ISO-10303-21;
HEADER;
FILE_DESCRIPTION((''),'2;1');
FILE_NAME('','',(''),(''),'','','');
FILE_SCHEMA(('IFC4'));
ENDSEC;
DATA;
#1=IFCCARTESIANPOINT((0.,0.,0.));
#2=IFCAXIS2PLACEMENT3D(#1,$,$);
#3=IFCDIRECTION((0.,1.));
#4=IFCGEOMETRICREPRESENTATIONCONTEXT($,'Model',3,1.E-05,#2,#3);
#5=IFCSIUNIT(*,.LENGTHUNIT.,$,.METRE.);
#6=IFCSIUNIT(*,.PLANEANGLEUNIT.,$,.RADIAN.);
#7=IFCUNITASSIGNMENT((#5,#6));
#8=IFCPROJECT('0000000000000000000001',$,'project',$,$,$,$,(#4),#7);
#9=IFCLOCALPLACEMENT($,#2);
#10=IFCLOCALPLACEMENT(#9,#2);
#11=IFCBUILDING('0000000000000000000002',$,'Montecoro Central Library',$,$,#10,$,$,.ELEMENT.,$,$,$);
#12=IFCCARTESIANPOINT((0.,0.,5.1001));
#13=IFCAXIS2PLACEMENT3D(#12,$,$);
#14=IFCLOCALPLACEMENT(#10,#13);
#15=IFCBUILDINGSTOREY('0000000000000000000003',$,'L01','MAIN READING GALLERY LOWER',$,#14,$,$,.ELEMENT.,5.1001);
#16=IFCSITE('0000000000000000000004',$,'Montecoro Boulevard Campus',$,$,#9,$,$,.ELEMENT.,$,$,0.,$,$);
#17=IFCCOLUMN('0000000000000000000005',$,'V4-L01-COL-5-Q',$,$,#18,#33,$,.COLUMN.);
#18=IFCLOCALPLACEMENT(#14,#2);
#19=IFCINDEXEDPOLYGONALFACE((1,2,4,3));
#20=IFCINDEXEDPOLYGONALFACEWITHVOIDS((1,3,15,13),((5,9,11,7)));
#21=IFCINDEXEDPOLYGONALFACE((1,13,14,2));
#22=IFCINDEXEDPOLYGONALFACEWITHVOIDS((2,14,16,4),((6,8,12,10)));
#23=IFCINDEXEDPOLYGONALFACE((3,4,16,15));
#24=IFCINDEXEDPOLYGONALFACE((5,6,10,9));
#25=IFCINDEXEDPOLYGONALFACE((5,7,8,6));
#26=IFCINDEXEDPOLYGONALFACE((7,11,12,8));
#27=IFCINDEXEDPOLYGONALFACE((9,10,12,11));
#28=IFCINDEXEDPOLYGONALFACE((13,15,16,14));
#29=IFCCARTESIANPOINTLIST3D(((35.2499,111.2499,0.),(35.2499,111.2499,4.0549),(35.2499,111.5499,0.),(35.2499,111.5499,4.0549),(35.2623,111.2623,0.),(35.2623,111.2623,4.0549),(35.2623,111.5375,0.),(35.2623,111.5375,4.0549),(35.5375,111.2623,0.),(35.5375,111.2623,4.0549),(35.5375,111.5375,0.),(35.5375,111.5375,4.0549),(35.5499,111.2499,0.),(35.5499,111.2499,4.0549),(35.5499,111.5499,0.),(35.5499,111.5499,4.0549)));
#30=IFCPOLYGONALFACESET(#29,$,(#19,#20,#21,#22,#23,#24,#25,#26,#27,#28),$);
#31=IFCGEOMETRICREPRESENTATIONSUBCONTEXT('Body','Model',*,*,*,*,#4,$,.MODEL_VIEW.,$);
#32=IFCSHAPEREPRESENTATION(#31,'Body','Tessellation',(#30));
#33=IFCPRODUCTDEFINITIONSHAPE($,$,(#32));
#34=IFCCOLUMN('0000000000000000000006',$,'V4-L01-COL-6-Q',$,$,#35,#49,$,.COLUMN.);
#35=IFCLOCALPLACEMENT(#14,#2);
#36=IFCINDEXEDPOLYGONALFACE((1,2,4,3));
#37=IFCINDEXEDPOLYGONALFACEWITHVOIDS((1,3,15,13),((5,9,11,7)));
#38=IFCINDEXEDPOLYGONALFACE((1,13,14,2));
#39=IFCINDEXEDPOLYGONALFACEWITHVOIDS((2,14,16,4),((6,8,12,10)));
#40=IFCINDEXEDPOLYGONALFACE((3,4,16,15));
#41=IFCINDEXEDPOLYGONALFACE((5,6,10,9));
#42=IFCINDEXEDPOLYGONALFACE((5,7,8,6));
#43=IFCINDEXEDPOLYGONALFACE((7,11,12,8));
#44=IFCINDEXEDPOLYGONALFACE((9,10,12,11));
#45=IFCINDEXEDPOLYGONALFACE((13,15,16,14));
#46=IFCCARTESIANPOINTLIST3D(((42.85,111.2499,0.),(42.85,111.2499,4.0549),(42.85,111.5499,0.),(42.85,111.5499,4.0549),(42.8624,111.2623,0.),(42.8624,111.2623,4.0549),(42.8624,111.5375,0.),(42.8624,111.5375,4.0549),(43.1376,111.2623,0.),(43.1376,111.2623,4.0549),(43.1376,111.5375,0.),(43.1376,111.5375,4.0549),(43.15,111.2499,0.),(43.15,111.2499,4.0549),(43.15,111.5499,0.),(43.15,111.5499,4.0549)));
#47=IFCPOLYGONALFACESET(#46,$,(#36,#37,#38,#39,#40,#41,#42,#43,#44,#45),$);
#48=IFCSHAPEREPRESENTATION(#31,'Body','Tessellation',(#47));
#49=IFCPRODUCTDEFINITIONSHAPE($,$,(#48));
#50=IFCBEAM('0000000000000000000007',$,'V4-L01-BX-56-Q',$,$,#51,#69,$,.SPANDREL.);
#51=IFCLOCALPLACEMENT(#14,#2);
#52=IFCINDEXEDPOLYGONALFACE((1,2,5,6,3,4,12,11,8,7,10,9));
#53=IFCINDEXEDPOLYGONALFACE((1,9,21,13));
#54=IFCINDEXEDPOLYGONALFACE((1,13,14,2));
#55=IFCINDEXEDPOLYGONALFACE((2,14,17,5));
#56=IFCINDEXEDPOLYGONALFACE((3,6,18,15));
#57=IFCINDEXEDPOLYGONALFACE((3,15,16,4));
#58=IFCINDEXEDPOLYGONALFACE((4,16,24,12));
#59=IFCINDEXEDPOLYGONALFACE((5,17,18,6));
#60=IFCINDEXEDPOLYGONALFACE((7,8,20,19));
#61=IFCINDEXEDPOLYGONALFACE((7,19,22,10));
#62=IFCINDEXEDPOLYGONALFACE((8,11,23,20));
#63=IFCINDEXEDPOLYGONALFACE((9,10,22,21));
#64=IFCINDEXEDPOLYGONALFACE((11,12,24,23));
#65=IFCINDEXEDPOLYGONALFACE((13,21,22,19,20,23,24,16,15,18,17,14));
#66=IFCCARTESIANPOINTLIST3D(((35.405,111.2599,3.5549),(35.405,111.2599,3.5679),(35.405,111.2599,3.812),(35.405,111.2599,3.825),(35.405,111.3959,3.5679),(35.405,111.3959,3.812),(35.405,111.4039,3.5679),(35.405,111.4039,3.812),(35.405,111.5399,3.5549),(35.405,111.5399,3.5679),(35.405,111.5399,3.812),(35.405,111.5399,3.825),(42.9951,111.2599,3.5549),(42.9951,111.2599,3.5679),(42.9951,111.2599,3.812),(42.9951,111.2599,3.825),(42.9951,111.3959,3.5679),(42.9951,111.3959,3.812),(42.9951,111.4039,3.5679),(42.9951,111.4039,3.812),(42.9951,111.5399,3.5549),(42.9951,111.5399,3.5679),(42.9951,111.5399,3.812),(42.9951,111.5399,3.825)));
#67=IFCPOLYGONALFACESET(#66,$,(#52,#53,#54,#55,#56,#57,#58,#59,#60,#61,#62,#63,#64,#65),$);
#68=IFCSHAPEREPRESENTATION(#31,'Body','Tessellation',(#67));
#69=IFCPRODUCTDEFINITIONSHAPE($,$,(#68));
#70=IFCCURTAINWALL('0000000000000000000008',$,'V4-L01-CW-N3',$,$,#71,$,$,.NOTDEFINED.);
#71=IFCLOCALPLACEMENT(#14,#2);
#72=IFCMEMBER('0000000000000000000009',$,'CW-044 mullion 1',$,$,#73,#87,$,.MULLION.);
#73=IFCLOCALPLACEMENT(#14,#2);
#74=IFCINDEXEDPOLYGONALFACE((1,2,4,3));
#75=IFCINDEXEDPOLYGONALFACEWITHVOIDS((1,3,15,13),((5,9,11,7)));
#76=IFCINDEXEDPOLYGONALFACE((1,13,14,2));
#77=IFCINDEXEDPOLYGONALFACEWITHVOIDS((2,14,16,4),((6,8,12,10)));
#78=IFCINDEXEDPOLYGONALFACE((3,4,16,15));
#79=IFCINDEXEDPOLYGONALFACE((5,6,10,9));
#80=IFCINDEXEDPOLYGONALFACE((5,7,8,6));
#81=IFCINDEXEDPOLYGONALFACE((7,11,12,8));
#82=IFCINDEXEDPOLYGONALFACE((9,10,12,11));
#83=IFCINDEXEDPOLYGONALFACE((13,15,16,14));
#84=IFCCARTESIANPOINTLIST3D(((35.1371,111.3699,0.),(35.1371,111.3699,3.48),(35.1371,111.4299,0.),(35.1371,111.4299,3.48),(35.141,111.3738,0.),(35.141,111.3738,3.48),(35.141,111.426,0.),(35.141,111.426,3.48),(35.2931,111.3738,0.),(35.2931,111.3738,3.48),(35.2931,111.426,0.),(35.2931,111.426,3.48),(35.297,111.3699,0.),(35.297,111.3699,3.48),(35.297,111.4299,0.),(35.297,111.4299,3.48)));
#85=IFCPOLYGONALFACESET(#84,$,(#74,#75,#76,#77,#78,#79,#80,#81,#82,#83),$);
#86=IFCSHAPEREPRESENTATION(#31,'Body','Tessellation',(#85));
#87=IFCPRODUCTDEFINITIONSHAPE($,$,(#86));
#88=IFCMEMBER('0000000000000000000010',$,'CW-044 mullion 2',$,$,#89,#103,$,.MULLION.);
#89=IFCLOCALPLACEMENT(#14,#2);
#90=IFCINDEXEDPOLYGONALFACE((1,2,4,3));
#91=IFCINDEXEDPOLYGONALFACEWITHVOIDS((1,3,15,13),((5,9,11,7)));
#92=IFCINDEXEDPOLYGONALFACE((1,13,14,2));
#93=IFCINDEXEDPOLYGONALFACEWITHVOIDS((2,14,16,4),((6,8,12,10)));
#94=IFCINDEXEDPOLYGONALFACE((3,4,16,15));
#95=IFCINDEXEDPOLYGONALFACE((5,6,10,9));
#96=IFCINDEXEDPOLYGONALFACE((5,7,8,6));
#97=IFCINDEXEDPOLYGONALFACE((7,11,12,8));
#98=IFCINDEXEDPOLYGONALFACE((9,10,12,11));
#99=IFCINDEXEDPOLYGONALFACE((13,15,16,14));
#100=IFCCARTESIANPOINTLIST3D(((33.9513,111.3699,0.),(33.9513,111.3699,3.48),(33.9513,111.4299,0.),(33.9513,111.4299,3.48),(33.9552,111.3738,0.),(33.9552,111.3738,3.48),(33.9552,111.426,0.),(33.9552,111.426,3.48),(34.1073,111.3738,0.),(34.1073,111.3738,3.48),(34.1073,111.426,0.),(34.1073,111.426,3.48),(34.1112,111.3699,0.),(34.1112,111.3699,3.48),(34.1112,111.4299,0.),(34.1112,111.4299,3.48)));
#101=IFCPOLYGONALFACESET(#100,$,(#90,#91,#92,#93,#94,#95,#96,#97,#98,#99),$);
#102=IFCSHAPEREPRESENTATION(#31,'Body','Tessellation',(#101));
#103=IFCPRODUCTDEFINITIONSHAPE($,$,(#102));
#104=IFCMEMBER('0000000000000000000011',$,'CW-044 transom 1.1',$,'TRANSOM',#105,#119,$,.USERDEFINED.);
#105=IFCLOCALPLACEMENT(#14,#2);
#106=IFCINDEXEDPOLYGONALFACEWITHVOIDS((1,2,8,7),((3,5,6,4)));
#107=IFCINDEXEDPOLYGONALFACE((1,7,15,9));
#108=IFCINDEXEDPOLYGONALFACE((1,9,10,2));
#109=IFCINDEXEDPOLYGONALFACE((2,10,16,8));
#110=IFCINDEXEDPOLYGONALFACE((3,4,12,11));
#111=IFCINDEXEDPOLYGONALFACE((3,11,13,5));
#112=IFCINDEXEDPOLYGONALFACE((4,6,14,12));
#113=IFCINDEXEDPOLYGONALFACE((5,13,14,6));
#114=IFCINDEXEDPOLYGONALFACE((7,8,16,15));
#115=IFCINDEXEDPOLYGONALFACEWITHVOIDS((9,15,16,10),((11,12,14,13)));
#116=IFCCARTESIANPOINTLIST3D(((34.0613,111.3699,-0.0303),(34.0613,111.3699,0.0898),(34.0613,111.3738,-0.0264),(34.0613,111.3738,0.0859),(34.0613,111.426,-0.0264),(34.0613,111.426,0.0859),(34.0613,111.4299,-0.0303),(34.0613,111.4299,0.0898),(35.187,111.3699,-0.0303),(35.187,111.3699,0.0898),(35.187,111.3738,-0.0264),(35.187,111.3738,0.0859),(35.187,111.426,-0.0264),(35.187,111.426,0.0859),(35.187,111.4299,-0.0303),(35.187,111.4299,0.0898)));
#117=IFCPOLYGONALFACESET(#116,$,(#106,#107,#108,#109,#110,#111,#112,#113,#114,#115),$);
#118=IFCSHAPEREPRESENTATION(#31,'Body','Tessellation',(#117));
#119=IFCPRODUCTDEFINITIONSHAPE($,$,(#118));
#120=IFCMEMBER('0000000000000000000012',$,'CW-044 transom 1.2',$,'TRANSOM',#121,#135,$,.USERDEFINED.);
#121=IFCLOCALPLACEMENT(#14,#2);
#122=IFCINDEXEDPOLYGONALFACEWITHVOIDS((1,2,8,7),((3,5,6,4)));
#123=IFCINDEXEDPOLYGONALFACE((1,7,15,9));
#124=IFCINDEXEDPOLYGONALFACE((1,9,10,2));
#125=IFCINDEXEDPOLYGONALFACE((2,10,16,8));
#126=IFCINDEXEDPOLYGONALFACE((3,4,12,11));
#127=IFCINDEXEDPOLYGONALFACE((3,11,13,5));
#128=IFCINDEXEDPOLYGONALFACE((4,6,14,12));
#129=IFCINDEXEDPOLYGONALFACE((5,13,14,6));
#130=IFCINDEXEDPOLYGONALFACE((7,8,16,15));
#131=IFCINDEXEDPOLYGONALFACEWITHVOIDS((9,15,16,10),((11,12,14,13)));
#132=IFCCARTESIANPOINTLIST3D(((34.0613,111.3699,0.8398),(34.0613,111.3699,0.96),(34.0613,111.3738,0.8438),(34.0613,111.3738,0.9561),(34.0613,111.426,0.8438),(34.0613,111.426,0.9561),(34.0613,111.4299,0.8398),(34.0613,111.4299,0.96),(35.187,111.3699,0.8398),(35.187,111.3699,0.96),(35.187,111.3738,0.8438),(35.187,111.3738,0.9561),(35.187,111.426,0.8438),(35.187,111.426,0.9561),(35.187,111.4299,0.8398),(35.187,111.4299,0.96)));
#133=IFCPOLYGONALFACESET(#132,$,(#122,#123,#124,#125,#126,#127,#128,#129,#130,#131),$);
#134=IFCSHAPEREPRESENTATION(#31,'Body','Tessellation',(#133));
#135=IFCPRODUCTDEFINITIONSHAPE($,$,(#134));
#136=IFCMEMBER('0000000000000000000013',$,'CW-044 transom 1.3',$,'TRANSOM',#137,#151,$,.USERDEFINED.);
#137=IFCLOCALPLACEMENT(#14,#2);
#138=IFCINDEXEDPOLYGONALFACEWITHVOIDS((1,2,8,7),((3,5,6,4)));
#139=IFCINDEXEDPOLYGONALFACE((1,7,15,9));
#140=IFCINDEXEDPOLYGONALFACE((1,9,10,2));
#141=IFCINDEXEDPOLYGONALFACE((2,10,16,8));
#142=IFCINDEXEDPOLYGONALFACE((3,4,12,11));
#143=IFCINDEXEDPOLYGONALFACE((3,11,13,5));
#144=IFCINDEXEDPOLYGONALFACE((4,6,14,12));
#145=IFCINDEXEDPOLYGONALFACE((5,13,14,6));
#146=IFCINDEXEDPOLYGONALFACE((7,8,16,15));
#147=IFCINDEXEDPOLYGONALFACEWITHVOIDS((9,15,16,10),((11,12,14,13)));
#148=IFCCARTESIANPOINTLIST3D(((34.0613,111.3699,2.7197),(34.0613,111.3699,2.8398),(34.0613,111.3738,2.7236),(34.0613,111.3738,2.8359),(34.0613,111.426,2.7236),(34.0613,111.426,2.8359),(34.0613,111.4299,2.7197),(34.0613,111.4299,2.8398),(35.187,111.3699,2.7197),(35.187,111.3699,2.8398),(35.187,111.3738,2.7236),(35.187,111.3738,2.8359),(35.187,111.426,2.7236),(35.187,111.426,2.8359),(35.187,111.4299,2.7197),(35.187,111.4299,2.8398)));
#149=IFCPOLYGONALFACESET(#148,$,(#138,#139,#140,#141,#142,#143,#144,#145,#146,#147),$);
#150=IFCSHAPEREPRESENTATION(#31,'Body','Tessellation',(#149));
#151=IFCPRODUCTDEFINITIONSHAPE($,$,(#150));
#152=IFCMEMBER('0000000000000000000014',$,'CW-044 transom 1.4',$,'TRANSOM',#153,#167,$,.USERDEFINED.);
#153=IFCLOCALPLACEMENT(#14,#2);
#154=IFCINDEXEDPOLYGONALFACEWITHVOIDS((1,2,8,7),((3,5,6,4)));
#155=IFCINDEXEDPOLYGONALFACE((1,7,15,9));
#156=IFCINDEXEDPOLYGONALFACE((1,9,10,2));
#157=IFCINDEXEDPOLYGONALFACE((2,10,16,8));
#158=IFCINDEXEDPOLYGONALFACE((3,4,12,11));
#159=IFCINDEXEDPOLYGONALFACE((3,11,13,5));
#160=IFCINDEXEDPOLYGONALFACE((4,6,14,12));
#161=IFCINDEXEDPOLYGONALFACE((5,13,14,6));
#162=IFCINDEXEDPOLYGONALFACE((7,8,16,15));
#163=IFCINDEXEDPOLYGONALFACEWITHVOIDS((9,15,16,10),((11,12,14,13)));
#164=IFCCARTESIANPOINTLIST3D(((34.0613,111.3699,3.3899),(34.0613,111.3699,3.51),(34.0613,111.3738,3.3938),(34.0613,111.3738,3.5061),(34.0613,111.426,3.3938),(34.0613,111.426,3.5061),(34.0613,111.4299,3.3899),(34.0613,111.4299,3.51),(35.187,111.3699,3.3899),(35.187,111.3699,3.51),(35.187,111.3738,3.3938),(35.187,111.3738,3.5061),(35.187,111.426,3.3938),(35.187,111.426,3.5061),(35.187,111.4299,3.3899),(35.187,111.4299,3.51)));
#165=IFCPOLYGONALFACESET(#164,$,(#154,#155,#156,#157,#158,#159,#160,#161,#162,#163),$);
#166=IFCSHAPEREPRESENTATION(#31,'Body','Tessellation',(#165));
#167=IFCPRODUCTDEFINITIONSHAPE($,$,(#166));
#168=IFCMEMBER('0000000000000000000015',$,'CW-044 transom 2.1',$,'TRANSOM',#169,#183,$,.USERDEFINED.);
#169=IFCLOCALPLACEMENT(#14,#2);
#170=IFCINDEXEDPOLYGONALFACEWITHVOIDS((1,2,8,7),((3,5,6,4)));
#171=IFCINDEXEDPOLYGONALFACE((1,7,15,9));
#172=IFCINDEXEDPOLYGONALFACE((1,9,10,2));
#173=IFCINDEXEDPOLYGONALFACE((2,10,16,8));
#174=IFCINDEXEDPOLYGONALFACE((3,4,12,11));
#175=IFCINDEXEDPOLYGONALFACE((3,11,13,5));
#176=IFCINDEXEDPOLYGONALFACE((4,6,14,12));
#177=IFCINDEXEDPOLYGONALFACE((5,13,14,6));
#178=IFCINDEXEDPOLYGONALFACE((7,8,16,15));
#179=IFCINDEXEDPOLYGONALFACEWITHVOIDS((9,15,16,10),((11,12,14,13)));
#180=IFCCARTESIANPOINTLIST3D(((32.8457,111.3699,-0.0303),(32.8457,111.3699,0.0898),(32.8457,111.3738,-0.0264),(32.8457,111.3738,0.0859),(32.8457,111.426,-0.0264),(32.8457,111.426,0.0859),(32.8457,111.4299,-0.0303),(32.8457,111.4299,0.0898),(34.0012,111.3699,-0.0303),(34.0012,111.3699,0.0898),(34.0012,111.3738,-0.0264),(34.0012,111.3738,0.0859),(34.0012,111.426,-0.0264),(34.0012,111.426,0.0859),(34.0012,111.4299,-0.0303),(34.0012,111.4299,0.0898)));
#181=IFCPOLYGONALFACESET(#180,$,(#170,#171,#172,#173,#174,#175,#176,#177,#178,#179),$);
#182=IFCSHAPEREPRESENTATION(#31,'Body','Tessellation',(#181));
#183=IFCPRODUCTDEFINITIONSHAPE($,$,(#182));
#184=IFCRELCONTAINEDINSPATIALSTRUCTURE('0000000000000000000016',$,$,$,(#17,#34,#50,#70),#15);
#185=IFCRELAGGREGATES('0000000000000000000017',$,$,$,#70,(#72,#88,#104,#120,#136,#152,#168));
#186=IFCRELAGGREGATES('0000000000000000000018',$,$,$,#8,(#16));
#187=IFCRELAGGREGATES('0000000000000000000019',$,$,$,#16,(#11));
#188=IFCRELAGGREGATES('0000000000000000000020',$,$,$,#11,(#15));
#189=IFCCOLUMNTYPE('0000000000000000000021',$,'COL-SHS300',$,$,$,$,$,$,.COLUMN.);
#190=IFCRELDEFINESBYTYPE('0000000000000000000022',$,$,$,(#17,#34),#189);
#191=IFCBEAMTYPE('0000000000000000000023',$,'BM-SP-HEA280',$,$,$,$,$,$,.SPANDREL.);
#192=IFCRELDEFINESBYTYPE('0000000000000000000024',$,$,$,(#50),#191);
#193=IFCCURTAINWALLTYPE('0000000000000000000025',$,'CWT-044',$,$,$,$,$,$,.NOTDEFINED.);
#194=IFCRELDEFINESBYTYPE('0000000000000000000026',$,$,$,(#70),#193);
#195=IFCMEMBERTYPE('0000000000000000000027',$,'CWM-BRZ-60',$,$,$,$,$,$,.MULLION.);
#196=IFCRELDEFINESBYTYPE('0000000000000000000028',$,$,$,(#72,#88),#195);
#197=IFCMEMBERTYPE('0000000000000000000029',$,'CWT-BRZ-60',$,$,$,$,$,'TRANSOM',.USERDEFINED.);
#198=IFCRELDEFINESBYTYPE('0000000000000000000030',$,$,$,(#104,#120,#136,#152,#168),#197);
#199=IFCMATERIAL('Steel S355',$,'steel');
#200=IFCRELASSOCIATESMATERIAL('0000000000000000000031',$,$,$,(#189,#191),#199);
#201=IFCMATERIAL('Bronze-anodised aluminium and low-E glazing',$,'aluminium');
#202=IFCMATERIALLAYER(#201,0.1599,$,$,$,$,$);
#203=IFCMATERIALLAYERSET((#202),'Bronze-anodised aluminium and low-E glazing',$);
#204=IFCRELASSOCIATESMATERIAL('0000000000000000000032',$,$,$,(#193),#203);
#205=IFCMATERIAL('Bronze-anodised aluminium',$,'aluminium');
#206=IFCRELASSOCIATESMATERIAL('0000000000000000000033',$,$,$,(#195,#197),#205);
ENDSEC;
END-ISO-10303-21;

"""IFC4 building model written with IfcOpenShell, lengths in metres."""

from ifc_helpers import new_model, si_unit, direction, frame, origin, origin_2d, place, context, subcontext, project, spatial, hollow_rectangle, i_section, extrude, material, layer, layer_set, material_profile, profile_set, type_object, element, aggregate, save


model = new_model("IFC4")

# Units and contexts
model_context = context("Model", 3, precision=1e-05, world=origin(), true_north=direction((0.0, 1.0)))
body_context = subcontext(model_context, "Body", "Model", "MODEL_VIEW")
ifc_project = project(units=[si_unit("LENGTHUNIT", "METRE"), si_unit("PLANEANGLEUNIT", "RADIAN")], contexts=[model_context])

# Site, building, storey
site_placement = place(None, origin())
site = spatial("IfcSite", under=ifc_project, at=site_placement, Name="Montecoro Boulevard Campus", CompositionType="ELEMENT", RefElevation=0.0)
building_placement = place(site_placement, origin())
building = spatial("IfcBuilding", under=site, at=building_placement, Name="Montecoro Central Library", CompositionType="ELEMENT")
storey_placement = place(building_placement, frame((0.0, 0.0, 5.1001)))
storey = spatial("IfcBuildingStorey", under=building, at=storey_placement, Name="L01", Description="MAIN READING GALLERY LOWER", CompositionType="ELEMENT", Elevation=5.1001)

# Columns
ifc_material_1 = material(Name="Steel S355", Category="steel")
ifc_material_profile_1 = material_profile(ifc_material_1, hollow_rectangle(XDim=0.3, YDim=0.3, WallThickness=0.0125, at=origin_2d()), Name="SHS 300x300x12.5")
ifc_profile_set_1 = profile_set([ifc_material_profile_1], Name="Steel S355")
column_type = type_object("IfcColumnType", Name="COL-SHS300", PredefinedType="COLUMN", material=ifc_profile_set_1)
for number, where, z_axis, x_axis, name in (
    (1, (35.3999, 111.3999, 0.0), (0.0, 0.0, 1.0), (1.0, 0.0, 0.0), "V4-L01-COL-5-Q"),
    (2, (43.0, 111.3999, 0.0), (0.0, 0.0, 1.0), (1.0, 0.0, 0.0), "V4-L01-COL-6-Q"),
):
    element("IfcColumn", number, at=place(storey_placement, frame(where, z_axis=z_axis, x_axis=x_axis)), inside=storey, type_object=column_type, Name=name, PredefinedType="COLUMN", context=body_context, shape_type="SweptSolid", body=[
        extrude(hollow_rectangle(XDim=0.3, YDim=0.3, WallThickness=0.0125, at=origin_2d()), origin(), (0.0, 0.0, 1.0), 4.0549),
    ])

# Beam
ifc_material_profile_2 = material_profile(ifc_material_1, i_section(OverallWidth=0.28, OverallDepth=0.27, WebThickness=0.0081, FlangeThickness=0.0129, at=origin_2d()), Name="HEA 280")
ifc_profile_set_2 = profile_set([ifc_material_profile_2], Name="Steel S355")
beam_type = type_object("IfcBeamType", Name="BM-SP-HEA280", PredefinedType="SPANDREL", material=ifc_profile_set_2)
beam_placement = place(storey_placement, frame((35.405, 111.3999, 3.6899), z_axis=(1.0, 0.0, 0.0), x_axis=(0.0, 1.0, 0.0)))
element("IfcBeam", 3, at=beam_placement, inside=storey, type_object=beam_type, Name="V4-L01-BX-56-Q", PredefinedType="SPANDREL", context=body_context, shape_type="SweptSolid", body=[
    extrude(i_section(OverallWidth=0.28, OverallDepth=0.27, WebThickness=0.0081, FlangeThickness=0.0129, at=origin_2d()), origin(), (0.0, 0.0, 1.0), 7.5901),
])

# Curtain wall, members
ifc_material_2 = material(Name="Bronze-anodised aluminium and low-E glazing", Category="aluminium")
ifc_layer_1 = layer(ifc_material_2, 0.1599)
ifc_layer_set_1 = layer_set([ifc_layer_1], Name="Bronze-anodised aluminium and low-E glazing")
curtain_wall_type = type_object("IfcCurtainWallType", Name="CWT-044", PredefinedType="NOTDEFINED", material=ifc_layer_set_1)
curtain_wall_placement = place(storey_placement, origin())
curtain_wall = element("IfcCurtainWall", 4, at=curtain_wall_placement, inside=storey, type_object=curtain_wall_type, Name="V4-L01-CW-N3", PredefinedType="NOTDEFINED")
ifc_material_3 = material(Name="Bronze-anodised aluminium", Category="aluminium")
ifc_material_profile_3 = material_profile(ifc_material_3, hollow_rectangle(XDim=0.0601, YDim=0.1599, WallThickness=0.0039, at=origin_2d()), Name="CWM 160x60x4.0")
ifc_profile_set_3 = profile_set([ifc_material_profile_3], Name="Bronze-anodised aluminium")
member_type_1 = type_object("IfcMemberType", Name="CWM-BRZ-60", PredefinedType="MULLION", material=ifc_profile_set_3)
member_1_placement = place(storey_placement, frame((35.217, 111.3999, 0.0), z_axis=(0.0, 0.0, 1.0), x_axis=(0.0, -1.0, 0.0)))
member_1 = element("IfcMember", 5, at=member_1_placement, type_object=member_type_1, Name="CW-044 mullion 1", PredefinedType="MULLION", context=body_context, shape_type="SweptSolid", body=[
    extrude(hollow_rectangle(XDim=0.0601, YDim=0.1599, WallThickness=0.0039, at=origin_2d()), origin(), (0.0, 0.0, 1.0), 3.48),
])
member_2_placement = place(storey_placement, frame((34.0312, 111.3999, 0.0), z_axis=(0.0, 0.0, 1.0), x_axis=(0.0, -1.0, 0.0)))
member_2 = element("IfcMember", 6, at=member_2_placement, type_object=member_type_1, Name="CW-044 mullion 2", PredefinedType="MULLION", context=body_context, shape_type="SweptSolid", body=[
    extrude(hollow_rectangle(XDim=0.0601, YDim=0.1599, WallThickness=0.0039, at=origin_2d()), origin(), (0.0, 0.0, 1.0), 3.48),
])
ifc_material_profile_4 = material_profile(ifc_material_3, hollow_rectangle(XDim=0.0601, YDim=0.1201, WallThickness=0.0039, at=origin_2d()), Name="CWT 120x60x4.0")
ifc_profile_set_4 = profile_set([ifc_material_profile_4], Name="Bronze-anodised aluminium")
member_type_2 = type_object("IfcMemberType", Name="CWT-BRZ-60", ElementType="TRANSOM", PredefinedType="USERDEFINED", material=ifc_profile_set_4)
member_3_placement = place(storey_placement, frame((35.187, 111.3999, 0.0298), z_axis=(-1.0, 0.0, 0.0), x_axis=(0.0, -1.0, 0.0)))
member_3 = element("IfcMember", 7, at=member_3_placement, type_object=member_type_2, Name="CW-044 transom 1.1", ObjectType="TRANSOM", PredefinedType="USERDEFINED", context=body_context, shape_type="SweptSolid", body=[
    extrude(hollow_rectangle(XDim=0.0601, YDim=0.1201, WallThickness=0.0039, at=origin_2d()), origin(), (0.0, 0.0, 1.0), 1.1257),
])
member_4_placement = place(storey_placement, frame((35.187, 111.3999, 0.8999), z_axis=(-1.0, 0.0, 0.0), x_axis=(0.0, -1.0, 0.0)))
member_4 = element("IfcMember", 8, at=member_4_placement, type_object=member_type_2, Name="CW-044 transom 1.2", ObjectType="TRANSOM", PredefinedType="USERDEFINED", context=body_context, shape_type="SweptSolid", body=[
    extrude(hollow_rectangle(XDim=0.0601, YDim=0.1201, WallThickness=0.0039, at=origin_2d()), origin(), (0.0, 0.0, 1.0), 1.1257),
])
member_5_placement = place(storey_placement, frame((35.187, 111.3999, 2.7798), z_axis=(-1.0, 0.0, 0.0), x_axis=(0.0, -1.0, 0.0)))
member_5 = element("IfcMember", 9, at=member_5_placement, type_object=member_type_2, Name="CW-044 transom 1.3", ObjectType="TRANSOM", PredefinedType="USERDEFINED", context=body_context, shape_type="SweptSolid", body=[
    extrude(hollow_rectangle(XDim=0.0601, YDim=0.1201, WallThickness=0.0039, at=origin_2d()), origin(), (0.0, 0.0, 1.0), 1.1257),
])
member_6_placement = place(storey_placement, frame((35.187, 111.3999, 3.45), z_axis=(-1.0, 0.0, 0.0), x_axis=(0.0, -1.0, 0.0)))
member_6 = element("IfcMember", 10, at=member_6_placement, type_object=member_type_2, Name="CW-044 transom 1.4", ObjectType="TRANSOM", PredefinedType="USERDEFINED", context=body_context, shape_type="SweptSolid", body=[
    extrude(hollow_rectangle(XDim=0.0601, YDim=0.1201, WallThickness=0.0039, at=origin_2d()), origin(), (0.0, 0.0, 1.0), 1.1257),
])
member_7_placement = place(storey_placement, frame((34.0012, 111.3999, 0.0298), z_axis=(-1.0, 0.0, 0.0), x_axis=(0.0, -1.0, 0.0)))
member_7 = element("IfcMember", 11, at=member_7_placement, type_object=member_type_2, Name="CW-044 transom 2.1", ObjectType="TRANSOM", PredefinedType="USERDEFINED", context=body_context, shape_type="SweptSolid", body=[
    extrude(hollow_rectangle(XDim=0.0601, YDim=0.1201, WallThickness=0.0039, at=origin_2d()), origin(), (0.0, 0.0, 1.0), 1.1555),
])
aggregate(curtain_wall, [member_1, member_2, member_3, member_4, member_5, member_6, member_7])

save(model, "model.ifc")
